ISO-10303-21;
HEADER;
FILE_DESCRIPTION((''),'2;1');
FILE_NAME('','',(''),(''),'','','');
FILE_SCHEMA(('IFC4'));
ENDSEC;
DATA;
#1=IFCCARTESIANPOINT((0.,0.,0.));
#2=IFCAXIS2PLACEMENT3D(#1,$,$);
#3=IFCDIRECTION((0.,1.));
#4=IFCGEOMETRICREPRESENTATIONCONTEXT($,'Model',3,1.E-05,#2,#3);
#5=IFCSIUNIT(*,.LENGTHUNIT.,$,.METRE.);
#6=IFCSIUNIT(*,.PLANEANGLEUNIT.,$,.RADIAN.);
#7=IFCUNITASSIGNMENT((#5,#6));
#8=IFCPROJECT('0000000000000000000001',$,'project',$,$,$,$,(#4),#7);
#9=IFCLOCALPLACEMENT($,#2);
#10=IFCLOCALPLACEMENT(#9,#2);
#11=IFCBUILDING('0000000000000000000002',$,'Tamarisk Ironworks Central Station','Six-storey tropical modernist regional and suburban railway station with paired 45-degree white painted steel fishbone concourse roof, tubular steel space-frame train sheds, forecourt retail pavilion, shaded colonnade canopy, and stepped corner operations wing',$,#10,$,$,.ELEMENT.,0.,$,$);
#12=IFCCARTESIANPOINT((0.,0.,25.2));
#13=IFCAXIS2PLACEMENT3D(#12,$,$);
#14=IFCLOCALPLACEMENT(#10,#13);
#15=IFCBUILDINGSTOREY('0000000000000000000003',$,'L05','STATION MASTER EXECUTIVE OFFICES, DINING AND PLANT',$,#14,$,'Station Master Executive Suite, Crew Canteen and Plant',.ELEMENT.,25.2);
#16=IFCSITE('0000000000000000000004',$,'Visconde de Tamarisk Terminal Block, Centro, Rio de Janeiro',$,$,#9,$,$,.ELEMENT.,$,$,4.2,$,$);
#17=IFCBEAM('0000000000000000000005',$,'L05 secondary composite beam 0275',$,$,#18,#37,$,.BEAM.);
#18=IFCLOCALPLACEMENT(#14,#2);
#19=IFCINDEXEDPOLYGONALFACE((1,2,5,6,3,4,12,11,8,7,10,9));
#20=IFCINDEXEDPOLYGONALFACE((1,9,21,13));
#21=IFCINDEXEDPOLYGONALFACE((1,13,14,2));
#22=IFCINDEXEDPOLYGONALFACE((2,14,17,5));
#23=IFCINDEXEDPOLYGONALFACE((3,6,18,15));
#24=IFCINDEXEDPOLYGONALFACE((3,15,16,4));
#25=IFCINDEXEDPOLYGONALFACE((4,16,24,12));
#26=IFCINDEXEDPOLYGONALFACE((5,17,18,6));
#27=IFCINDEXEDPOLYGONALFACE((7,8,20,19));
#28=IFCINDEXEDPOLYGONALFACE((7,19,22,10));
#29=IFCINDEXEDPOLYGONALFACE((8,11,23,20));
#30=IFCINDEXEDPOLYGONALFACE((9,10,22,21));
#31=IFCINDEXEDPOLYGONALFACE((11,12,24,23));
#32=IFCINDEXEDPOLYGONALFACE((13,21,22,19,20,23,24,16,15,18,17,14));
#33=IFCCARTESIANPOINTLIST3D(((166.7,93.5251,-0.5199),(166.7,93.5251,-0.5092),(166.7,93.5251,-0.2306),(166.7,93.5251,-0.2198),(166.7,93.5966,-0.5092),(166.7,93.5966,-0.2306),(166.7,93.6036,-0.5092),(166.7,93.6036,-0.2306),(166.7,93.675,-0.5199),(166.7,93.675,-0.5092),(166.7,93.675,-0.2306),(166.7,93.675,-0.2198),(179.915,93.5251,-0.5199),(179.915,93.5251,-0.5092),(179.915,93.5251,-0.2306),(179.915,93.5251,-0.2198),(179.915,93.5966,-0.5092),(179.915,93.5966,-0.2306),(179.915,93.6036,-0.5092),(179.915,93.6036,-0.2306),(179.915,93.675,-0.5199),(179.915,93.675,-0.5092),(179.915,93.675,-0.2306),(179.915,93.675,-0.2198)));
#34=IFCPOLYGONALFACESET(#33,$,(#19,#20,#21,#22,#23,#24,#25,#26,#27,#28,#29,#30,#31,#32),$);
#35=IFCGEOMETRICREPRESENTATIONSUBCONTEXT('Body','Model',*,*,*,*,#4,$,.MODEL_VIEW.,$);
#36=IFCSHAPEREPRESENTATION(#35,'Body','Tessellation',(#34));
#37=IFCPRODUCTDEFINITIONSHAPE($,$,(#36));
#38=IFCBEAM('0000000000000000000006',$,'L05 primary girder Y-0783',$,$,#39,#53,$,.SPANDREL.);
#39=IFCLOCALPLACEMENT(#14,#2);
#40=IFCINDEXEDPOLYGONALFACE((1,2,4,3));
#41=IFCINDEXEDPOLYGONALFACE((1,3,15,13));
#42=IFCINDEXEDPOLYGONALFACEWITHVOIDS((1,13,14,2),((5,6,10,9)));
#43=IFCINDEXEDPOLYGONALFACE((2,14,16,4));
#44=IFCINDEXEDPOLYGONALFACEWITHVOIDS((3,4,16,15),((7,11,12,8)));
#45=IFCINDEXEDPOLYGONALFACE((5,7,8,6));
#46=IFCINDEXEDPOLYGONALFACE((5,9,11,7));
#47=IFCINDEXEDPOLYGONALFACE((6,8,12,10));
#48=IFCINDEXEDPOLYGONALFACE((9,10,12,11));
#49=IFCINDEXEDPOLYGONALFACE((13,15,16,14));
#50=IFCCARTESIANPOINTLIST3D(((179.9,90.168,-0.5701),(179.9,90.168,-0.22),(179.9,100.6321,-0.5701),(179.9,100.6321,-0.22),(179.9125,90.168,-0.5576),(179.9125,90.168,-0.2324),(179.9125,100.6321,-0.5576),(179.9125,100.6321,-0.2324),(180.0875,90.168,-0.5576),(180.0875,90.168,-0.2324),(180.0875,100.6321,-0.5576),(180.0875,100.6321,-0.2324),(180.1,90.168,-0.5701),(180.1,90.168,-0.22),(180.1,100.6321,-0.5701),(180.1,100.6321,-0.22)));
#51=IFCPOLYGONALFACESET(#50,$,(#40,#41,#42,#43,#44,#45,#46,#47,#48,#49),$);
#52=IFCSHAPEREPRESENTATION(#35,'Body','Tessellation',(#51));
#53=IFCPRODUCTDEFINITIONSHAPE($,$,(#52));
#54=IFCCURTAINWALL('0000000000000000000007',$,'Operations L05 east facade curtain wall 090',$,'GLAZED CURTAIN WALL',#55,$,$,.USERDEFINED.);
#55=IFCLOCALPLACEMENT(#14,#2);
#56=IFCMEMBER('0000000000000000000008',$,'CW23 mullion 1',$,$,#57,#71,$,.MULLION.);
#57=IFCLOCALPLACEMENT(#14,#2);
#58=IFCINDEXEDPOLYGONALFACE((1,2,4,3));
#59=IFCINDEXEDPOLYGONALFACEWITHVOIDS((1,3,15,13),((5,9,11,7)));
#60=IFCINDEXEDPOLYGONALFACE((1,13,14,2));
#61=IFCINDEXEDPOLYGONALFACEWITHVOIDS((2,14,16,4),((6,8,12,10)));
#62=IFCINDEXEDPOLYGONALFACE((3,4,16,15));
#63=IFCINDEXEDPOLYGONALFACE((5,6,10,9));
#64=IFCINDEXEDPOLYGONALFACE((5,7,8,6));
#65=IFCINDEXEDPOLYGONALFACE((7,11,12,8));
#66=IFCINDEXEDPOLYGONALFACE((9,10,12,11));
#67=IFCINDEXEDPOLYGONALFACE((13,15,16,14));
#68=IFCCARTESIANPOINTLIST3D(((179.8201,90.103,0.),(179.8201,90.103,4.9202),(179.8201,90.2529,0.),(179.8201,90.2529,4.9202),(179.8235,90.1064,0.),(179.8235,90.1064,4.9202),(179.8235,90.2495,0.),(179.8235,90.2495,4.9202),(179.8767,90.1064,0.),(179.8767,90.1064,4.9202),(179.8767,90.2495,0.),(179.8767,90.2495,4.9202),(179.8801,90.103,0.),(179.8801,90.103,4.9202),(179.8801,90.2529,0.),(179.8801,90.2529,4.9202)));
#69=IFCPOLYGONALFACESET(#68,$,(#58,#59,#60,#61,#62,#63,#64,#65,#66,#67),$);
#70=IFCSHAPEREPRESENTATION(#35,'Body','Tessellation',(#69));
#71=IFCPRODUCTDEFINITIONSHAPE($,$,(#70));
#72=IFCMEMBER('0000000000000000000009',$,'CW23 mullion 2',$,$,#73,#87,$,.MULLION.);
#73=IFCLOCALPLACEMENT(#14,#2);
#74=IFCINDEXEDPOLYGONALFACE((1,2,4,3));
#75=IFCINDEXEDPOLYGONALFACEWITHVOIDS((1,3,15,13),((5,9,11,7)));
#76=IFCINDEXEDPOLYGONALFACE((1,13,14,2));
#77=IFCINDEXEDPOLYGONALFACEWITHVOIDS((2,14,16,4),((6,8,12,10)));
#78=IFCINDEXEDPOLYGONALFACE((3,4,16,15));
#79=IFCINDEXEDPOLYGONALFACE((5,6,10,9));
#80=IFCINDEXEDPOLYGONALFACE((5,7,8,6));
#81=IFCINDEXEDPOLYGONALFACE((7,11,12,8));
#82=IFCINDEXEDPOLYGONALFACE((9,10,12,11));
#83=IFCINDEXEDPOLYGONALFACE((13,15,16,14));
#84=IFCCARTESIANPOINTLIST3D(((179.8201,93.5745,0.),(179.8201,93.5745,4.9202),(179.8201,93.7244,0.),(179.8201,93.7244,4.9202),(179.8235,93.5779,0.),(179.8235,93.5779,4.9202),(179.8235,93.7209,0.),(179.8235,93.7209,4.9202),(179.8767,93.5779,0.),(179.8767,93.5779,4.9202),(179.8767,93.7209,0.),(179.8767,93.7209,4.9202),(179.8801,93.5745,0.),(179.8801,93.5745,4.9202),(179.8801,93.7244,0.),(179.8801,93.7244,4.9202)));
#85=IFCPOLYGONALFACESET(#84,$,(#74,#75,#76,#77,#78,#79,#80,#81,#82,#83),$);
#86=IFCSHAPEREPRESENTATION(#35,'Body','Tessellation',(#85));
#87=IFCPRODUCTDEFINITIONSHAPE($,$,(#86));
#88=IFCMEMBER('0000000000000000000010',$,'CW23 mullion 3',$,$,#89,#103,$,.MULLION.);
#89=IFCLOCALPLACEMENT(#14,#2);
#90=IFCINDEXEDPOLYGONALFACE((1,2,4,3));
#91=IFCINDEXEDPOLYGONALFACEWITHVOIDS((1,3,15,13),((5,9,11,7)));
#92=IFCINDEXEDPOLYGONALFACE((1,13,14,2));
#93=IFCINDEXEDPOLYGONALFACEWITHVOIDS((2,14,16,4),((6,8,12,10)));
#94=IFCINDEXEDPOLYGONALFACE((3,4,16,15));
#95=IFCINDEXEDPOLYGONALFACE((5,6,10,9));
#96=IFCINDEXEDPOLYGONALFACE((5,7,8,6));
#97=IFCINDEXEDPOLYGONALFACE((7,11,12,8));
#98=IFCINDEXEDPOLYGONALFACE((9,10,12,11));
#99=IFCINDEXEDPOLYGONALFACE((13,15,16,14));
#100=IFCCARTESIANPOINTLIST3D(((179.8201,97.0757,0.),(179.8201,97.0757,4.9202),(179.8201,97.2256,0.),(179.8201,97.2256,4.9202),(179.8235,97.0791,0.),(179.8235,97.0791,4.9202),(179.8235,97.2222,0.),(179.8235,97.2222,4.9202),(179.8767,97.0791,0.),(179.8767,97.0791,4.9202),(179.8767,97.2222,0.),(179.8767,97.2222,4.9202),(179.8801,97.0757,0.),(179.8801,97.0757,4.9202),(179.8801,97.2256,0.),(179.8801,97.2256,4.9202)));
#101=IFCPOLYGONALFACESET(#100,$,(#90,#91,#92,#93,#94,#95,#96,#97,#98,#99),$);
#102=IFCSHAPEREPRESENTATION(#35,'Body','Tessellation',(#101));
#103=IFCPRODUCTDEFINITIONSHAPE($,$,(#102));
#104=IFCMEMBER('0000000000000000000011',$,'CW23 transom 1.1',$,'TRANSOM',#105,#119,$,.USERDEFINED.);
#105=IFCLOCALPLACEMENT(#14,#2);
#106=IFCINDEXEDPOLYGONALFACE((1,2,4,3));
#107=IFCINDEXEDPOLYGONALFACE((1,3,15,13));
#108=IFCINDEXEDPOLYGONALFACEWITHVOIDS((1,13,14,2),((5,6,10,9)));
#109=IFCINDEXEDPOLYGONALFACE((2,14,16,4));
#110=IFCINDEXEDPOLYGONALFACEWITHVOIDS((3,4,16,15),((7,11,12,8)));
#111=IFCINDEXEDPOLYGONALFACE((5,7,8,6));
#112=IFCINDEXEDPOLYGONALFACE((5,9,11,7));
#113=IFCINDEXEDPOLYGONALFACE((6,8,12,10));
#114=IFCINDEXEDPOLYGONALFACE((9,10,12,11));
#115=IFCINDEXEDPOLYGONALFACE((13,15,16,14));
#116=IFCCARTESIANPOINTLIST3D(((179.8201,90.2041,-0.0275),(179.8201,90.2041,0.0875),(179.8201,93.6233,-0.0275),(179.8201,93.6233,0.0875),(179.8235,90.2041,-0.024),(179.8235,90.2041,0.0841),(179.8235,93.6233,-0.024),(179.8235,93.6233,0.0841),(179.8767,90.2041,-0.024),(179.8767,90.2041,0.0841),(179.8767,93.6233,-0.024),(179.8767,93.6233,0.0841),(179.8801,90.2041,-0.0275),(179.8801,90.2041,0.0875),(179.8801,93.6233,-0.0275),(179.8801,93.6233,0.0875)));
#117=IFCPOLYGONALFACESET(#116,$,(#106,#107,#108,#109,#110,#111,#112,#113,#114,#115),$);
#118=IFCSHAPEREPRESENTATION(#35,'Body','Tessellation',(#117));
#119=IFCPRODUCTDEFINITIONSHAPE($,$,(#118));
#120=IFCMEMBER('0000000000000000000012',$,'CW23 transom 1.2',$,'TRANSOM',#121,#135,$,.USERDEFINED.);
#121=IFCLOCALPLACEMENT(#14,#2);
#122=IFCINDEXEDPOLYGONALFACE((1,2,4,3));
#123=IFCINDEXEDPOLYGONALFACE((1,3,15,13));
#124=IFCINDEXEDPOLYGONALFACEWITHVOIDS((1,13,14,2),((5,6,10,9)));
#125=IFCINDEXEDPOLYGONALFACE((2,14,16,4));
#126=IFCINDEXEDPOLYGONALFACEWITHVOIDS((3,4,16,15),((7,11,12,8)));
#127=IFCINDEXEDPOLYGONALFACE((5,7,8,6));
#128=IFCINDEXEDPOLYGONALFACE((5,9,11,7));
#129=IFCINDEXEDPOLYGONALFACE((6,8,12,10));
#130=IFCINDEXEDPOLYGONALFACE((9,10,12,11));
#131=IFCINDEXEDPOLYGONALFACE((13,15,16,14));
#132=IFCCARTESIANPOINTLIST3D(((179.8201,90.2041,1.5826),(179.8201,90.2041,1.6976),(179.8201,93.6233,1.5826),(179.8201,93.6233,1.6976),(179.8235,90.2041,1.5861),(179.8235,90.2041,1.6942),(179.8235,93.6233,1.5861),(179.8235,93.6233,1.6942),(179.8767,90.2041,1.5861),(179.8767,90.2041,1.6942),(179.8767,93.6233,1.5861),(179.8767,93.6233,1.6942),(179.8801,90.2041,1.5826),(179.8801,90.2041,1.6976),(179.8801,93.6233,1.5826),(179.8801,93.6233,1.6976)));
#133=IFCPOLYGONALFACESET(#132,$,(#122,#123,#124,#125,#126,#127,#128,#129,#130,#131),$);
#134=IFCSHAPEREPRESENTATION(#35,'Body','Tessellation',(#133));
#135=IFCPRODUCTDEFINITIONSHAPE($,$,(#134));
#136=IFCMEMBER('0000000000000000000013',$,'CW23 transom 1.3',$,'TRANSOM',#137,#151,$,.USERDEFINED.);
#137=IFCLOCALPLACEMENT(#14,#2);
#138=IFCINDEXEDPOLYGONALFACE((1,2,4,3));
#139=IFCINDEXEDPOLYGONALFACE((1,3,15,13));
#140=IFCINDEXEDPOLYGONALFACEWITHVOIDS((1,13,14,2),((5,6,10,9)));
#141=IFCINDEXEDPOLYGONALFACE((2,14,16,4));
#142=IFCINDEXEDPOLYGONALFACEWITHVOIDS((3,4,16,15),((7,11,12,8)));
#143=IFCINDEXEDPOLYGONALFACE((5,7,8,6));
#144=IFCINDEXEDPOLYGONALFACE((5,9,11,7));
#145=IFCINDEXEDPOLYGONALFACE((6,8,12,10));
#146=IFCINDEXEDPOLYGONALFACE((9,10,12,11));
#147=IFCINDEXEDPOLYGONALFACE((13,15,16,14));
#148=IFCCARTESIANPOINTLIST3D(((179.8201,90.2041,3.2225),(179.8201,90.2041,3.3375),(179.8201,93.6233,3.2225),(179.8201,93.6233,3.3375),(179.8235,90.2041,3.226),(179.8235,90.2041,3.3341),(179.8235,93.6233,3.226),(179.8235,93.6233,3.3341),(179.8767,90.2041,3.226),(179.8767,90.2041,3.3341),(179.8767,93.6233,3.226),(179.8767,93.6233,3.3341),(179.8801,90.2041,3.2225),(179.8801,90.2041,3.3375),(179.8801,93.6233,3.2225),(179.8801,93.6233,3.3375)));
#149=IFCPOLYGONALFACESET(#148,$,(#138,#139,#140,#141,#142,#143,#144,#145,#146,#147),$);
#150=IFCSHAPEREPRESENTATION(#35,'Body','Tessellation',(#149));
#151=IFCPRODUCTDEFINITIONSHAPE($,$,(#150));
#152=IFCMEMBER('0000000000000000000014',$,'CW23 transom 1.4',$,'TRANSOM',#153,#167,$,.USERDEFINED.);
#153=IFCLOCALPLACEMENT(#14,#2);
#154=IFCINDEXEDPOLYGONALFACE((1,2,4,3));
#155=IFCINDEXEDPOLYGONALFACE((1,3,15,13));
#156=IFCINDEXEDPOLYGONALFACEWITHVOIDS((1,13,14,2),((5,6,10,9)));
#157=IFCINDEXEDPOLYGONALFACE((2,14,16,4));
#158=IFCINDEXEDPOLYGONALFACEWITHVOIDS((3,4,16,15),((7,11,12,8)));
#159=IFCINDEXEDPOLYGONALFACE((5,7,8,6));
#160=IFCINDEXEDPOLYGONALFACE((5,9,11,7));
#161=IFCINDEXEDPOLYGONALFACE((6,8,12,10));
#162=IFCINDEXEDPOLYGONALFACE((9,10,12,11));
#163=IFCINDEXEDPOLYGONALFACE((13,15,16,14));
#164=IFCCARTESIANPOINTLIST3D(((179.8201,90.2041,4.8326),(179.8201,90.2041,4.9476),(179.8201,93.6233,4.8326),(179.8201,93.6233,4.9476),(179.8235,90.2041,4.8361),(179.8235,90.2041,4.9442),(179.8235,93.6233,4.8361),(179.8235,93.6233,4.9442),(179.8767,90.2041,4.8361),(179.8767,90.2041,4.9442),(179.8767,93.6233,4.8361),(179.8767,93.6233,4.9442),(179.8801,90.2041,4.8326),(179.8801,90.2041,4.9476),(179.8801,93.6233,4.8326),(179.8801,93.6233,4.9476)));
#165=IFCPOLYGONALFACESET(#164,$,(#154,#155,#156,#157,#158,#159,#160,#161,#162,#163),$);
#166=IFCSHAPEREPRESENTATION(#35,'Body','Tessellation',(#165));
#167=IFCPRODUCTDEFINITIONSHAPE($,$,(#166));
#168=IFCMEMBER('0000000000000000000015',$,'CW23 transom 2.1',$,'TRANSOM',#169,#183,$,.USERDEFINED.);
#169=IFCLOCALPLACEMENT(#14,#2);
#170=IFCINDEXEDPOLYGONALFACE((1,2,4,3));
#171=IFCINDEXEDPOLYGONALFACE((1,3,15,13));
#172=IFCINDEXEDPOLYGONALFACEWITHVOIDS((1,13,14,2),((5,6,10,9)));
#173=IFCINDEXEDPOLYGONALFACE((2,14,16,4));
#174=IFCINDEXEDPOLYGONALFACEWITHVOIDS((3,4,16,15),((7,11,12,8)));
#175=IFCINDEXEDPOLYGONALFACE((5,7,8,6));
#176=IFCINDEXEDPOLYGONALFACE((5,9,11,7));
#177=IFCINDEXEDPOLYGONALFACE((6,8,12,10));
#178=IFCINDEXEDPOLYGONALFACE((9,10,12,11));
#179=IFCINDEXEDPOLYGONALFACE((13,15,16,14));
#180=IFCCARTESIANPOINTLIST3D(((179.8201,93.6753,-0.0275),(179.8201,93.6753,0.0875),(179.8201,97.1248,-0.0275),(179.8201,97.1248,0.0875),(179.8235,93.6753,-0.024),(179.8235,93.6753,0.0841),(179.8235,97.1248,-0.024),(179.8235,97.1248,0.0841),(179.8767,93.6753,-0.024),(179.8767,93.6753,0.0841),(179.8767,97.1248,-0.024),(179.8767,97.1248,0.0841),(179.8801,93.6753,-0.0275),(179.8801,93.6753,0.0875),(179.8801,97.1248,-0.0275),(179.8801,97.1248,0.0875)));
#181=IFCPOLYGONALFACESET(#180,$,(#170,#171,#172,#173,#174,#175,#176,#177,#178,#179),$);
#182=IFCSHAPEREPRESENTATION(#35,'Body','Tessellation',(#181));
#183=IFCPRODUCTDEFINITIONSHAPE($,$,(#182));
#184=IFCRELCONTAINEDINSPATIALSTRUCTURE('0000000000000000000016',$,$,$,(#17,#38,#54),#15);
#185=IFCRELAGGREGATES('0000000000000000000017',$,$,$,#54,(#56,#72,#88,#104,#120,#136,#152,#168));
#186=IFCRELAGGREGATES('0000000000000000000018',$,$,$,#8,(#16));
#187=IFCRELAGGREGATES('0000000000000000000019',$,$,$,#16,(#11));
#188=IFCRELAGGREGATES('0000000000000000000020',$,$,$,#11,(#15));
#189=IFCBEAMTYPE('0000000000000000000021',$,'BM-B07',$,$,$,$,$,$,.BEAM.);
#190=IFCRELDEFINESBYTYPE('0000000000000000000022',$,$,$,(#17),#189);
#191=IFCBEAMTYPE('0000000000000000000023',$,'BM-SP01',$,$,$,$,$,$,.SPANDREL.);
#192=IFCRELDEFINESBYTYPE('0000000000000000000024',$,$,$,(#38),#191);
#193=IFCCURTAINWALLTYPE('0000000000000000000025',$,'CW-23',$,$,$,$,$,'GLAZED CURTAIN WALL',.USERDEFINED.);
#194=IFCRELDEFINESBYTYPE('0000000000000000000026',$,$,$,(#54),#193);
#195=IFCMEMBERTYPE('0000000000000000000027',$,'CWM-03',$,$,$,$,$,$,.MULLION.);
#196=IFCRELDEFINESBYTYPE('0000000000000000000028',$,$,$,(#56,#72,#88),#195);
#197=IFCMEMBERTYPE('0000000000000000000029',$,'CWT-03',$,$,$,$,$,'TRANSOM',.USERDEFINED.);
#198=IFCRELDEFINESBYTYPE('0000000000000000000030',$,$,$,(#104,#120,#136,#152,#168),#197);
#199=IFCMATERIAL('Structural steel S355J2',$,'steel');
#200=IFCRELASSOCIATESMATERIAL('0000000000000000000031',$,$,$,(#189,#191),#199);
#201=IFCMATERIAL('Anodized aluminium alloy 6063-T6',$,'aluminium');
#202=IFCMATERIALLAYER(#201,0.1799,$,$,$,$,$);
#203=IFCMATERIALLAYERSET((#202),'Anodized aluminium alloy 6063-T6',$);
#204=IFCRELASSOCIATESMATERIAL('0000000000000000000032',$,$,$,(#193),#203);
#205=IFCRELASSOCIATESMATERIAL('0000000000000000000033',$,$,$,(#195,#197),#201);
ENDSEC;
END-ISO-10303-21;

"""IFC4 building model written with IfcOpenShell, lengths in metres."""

from ifc_helpers import new_model, si_unit, direction, frame, origin, origin_2d, place, context, subcontext, project, spatial, hollow_rectangle, i_section, extrude, material, layer, layer_set, material_profile, profile_set, type_object, element, aggregate, save


model = new_model("IFC4")

# Units and contexts
model_context = context("Model", 3, precision=1e-05, world=origin(), true_north=direction((0.0, 1.0)))
body_context = subcontext(model_context, "Body", "Model", "MODEL_VIEW")
ifc_project = project(units=[si_unit("LENGTHUNIT", "METRE"), si_unit("PLANEANGLEUNIT", "RADIAN")], contexts=[model_context])

# Site, building, storey
site_placement = place(None, origin())
site = spatial("IfcSite", under=ifc_project, at=site_placement, Name="Visconde de Tamarisk Terminal Block, Centro, Rio de Janeiro", CompositionType="ELEMENT", RefElevation=4.2)
building_placement = place(site_placement, origin())
building = spatial("IfcBuilding", under=site, at=building_placement, Name="Tamarisk Ironworks Central Station", Description="Six-storey tropical modernist regional and suburban railway station with paired 45-degree white painted steel fishbone concourse roof, tubular steel space-frame train sheds, forecourt retail pavilion, shaded colonnade canopy, and stepped corner operations wing", CompositionType="ELEMENT", ElevationOfRefHeight=0.0)
storey_placement = place(building_placement, frame((0.0, 0.0, 25.2)))
storey = spatial("IfcBuildingStorey", under=building, at=storey_placement, Name="L05", Description="STATION MASTER EXECUTIVE OFFICES, DINING AND PLANT", LongName="Station Master Executive Suite, Crew Canteen and Plant", CompositionType="ELEMENT", Elevation=25.2)

# Beams
ifc_material_1 = material(Name="Structural steel S355J2", Category="steel")
ifc_material_profile_1 = material_profile(ifc_material_1, i_section(OverallWidth=0.1499, OverallDepth=0.3, WebThickness=0.0071, FlangeThickness=0.0107, at=origin_2d()), Name="IPE 300")
ifc_profile_set_1 = profile_set([ifc_material_profile_1], Name="Structural steel S355J2")
beam_type_1 = type_object("IfcBeamType", Name="BM-B07", PredefinedType="BEAM", material=ifc_profile_set_1)
beam_1_placement = place(storey_placement, frame((166.7, 93.6001, -0.3699), z_axis=(1.0, 0.0, 0.0), x_axis=(0.0, 1.0, 0.0)))
element("IfcBeam", 1, at=beam_1_placement, inside=storey, type_object=beam_type_1, Name="L05 secondary composite beam 0275", PredefinedType="BEAM", context=body_context, shape_type="SweptSolid", body=[
    extrude(i_section(OverallWidth=0.1499, OverallDepth=0.3, WebThickness=0.0071, FlangeThickness=0.0107, at=origin_2d()), origin(), (0.0, 0.0, 1.0), 13.2151),
])
ifc_material_profile_2 = material_profile(ifc_material_1, hollow_rectangle(XDim=0.2, YDim=0.3501, WallThickness=0.0125, at=origin_2d()), Name="RHS 350x200x12.5")
ifc_profile_set_2 = profile_set([ifc_material_profile_2], Name="Structural steel S355J2")
beam_type_2 = type_object("IfcBeamType", Name="BM-SP01", PredefinedType="SPANDREL", material=ifc_profile_set_2)
beam_2_placement = place(storey_placement, frame((180.0, 90.168, -0.395), z_axis=(0.0, 1.0, 0.0), x_axis=(-1.0, 0.0, 0.0)))
element("IfcBeam", 2, at=beam_2_placement, inside=storey, type_object=beam_type_2, Name="L05 primary girder Y-0783", PredefinedType="SPANDREL", context=body_context, shape_type="SweptSolid", body=[
    extrude(hollow_rectangle(XDim=0.2, YDim=0.3501, WallThickness=0.0125, at=origin_2d()), origin(), (0.0, 0.0, 1.0), 10.4641),
])

# Curtain wall, members
ifc_material_2 = material(Name="Anodized aluminium alloy 6063-T6", Category="aluminium")
ifc_layer_1 = layer(ifc_material_2, 0.1799)
ifc_layer_set_1 = layer_set([ifc_layer_1], Name="Anodized aluminium alloy 6063-T6")
curtain_wall_type = type_object("IfcCurtainWallType", Name="CW-23", ElementType="GLAZED CURTAIN WALL", PredefinedType="USERDEFINED", material=ifc_layer_set_1)
curtain_wall_placement = place(storey_placement, origin())
curtain_wall = element("IfcCurtainWall", 3, at=curtain_wall_placement, inside=storey, type_object=curtain_wall_type, Name="Operations L05 east facade curtain wall 090", ObjectType="GLAZED CURTAIN WALL", PredefinedType="USERDEFINED")
ifc_material_profile_3 = material_profile(ifc_material_2, hollow_rectangle(XDim=0.0601, YDim=0.1499, WallThickness=0.0034, at=origin_2d()), Name="ALUM 150x60")
ifc_profile_set_3 = profile_set([ifc_material_profile_3], Name="Anodized aluminium alloy 6063-T6")
member_type_1 = type_object("IfcMemberType", Name="CWM-03", PredefinedType="MULLION", material=ifc_profile_set_3)
member_1_placement = place(storey_placement, frame((179.8501, 90.178, 0.0), z_axis=(0.0, 0.0, 1.0), x_axis=(-1.0, 0.0, 0.0)))
member_1 = element("IfcMember", 4, at=member_1_placement, type_object=member_type_1, Name="CW23 mullion 1", PredefinedType="MULLION", context=body_context, shape_type="SweptSolid", body=[
    extrude(hollow_rectangle(XDim=0.0601, YDim=0.1499, WallThickness=0.0034, at=origin_2d()), origin(), (0.0, 0.0, 1.0), 4.9202),
])
member_2_placement = place(storey_placement, frame((179.8501, 93.6494, 0.0), z_axis=(0.0, 0.0, 1.0), x_axis=(-1.0, 0.0, 0.0)))
member_2 = element("IfcMember", 5, at=member_2_placement, type_object=member_type_1, Name="CW23 mullion 2", PredefinedType="MULLION", context=body_context, shape_type="SweptSolid", body=[
    extrude(hollow_rectangle(XDim=0.0601, YDim=0.1499, WallThickness=0.0034, at=origin_2d()), origin(), (0.0, 0.0, 1.0), 4.9202),
])
member_3_placement = place(storey_placement, frame((179.8501, 97.1506, 0.0), z_axis=(0.0, 0.0, 1.0), x_axis=(-1.0, 0.0, 0.0)))
member_3 = element("IfcMember", 6, at=member_3_placement, type_object=member_type_1, Name="CW23 mullion 3", PredefinedType="MULLION", context=body_context, shape_type="SweptSolid", body=[
    extrude(hollow_rectangle(XDim=0.0601, YDim=0.1499, WallThickness=0.0034, at=origin_2d()), origin(), (0.0, 0.0, 1.0), 4.9202),
])
ifc_material_profile_4 = material_profile(ifc_material_2, hollow_rectangle(XDim=0.0601, YDim=0.115, WallThickness=0.0034, at=origin_2d()), Name="ALUM 115x60")
ifc_profile_set_4 = profile_set([ifc_material_profile_4], Name="Anodized aluminium alloy 6063-T6")
member_type_2 = type_object("IfcMemberType", Name="CWT-03", ElementType="TRANSOM", PredefinedType="USERDEFINED", material=ifc_profile_set_4)
member_4_placement = place(storey_placement, frame((179.8501, 90.2041, 0.03), z_axis=(0.0, 1.0, 0.0), x_axis=(-1.0, 0.0, 0.0)))
member_4 = element("IfcMember", 7, at=member_4_placement, type_object=member_type_2, Name="CW23 transom 1.1", ObjectType="TRANSOM", PredefinedType="USERDEFINED", context=body_context, shape_type="SweptSolid", body=[
    extrude(hollow_rectangle(XDim=0.0601, YDim=0.115, WallThickness=0.0034, at=origin_2d()), origin(), (0.0, 0.0, 1.0), 3.4192),
])
member_5_placement = place(storey_placement, frame((179.8501, 90.2041, 1.6401), z_axis=(0.0, 1.0, 0.0), x_axis=(-1.0, 0.0, 0.0)))
member_5 = element("IfcMember", 8, at=member_5_placement, type_object=member_type_2, Name="CW23 transom 1.2", ObjectType="TRANSOM", PredefinedType="USERDEFINED", context=body_context, shape_type="SweptSolid", body=[
    extrude(hollow_rectangle(XDim=0.0601, YDim=0.115, WallThickness=0.0034, at=origin_2d()), origin(), (0.0, 0.0, 1.0), 3.4192),
])
member_6_placement = place(storey_placement, frame((179.8501, 90.2041, 3.28), z_axis=(0.0, 1.0, 0.0), x_axis=(-1.0, 0.0, 0.0)))
member_6 = element("IfcMember", 9, at=member_6_placement, type_object=member_type_2, Name="CW23 transom 1.3", ObjectType="TRANSOM", PredefinedType="USERDEFINED", context=body_context, shape_type="SweptSolid", body=[
    extrude(hollow_rectangle(XDim=0.0601, YDim=0.115, WallThickness=0.0034, at=origin_2d()), origin(), (0.0, 0.0, 1.0), 3.4192),
])
member_7_placement = place(storey_placement, frame((179.8501, 90.2041, 4.8901), z_axis=(0.0, 1.0, 0.0), x_axis=(-1.0, 0.0, 0.0)))
member_7 = element("IfcMember", 10, at=member_7_placement, type_object=member_type_2, Name="CW23 transom 1.4", ObjectType="TRANSOM", PredefinedType="USERDEFINED", context=body_context, shape_type="SweptSolid", body=[
    extrude(hollow_rectangle(XDim=0.0601, YDim=0.115, WallThickness=0.0034, at=origin_2d()), origin(), (0.0, 0.0, 1.0), 3.4192),
])
member_8_placement = place(storey_placement, frame((179.8501, 93.6753, 0.03), z_axis=(0.0, 1.0, 0.0), x_axis=(-1.0, 0.0, 0.0)))
member_8 = element("IfcMember", 11, at=member_8_placement, type_object=member_type_2, Name="CW23 transom 2.1", ObjectType="TRANSOM", PredefinedType="USERDEFINED", context=body_context, shape_type="SweptSolid", body=[
    extrude(hollow_rectangle(XDim=0.0601, YDim=0.115, WallThickness=0.0034, at=origin_2d()), origin(), (0.0, 0.0, 1.0), 3.4495),
])
aggregate(curtain_wall, [member_1, member_2, member_3, member_4, member_5, member_6, member_7, member_8])

save(model, "model.ifc")
